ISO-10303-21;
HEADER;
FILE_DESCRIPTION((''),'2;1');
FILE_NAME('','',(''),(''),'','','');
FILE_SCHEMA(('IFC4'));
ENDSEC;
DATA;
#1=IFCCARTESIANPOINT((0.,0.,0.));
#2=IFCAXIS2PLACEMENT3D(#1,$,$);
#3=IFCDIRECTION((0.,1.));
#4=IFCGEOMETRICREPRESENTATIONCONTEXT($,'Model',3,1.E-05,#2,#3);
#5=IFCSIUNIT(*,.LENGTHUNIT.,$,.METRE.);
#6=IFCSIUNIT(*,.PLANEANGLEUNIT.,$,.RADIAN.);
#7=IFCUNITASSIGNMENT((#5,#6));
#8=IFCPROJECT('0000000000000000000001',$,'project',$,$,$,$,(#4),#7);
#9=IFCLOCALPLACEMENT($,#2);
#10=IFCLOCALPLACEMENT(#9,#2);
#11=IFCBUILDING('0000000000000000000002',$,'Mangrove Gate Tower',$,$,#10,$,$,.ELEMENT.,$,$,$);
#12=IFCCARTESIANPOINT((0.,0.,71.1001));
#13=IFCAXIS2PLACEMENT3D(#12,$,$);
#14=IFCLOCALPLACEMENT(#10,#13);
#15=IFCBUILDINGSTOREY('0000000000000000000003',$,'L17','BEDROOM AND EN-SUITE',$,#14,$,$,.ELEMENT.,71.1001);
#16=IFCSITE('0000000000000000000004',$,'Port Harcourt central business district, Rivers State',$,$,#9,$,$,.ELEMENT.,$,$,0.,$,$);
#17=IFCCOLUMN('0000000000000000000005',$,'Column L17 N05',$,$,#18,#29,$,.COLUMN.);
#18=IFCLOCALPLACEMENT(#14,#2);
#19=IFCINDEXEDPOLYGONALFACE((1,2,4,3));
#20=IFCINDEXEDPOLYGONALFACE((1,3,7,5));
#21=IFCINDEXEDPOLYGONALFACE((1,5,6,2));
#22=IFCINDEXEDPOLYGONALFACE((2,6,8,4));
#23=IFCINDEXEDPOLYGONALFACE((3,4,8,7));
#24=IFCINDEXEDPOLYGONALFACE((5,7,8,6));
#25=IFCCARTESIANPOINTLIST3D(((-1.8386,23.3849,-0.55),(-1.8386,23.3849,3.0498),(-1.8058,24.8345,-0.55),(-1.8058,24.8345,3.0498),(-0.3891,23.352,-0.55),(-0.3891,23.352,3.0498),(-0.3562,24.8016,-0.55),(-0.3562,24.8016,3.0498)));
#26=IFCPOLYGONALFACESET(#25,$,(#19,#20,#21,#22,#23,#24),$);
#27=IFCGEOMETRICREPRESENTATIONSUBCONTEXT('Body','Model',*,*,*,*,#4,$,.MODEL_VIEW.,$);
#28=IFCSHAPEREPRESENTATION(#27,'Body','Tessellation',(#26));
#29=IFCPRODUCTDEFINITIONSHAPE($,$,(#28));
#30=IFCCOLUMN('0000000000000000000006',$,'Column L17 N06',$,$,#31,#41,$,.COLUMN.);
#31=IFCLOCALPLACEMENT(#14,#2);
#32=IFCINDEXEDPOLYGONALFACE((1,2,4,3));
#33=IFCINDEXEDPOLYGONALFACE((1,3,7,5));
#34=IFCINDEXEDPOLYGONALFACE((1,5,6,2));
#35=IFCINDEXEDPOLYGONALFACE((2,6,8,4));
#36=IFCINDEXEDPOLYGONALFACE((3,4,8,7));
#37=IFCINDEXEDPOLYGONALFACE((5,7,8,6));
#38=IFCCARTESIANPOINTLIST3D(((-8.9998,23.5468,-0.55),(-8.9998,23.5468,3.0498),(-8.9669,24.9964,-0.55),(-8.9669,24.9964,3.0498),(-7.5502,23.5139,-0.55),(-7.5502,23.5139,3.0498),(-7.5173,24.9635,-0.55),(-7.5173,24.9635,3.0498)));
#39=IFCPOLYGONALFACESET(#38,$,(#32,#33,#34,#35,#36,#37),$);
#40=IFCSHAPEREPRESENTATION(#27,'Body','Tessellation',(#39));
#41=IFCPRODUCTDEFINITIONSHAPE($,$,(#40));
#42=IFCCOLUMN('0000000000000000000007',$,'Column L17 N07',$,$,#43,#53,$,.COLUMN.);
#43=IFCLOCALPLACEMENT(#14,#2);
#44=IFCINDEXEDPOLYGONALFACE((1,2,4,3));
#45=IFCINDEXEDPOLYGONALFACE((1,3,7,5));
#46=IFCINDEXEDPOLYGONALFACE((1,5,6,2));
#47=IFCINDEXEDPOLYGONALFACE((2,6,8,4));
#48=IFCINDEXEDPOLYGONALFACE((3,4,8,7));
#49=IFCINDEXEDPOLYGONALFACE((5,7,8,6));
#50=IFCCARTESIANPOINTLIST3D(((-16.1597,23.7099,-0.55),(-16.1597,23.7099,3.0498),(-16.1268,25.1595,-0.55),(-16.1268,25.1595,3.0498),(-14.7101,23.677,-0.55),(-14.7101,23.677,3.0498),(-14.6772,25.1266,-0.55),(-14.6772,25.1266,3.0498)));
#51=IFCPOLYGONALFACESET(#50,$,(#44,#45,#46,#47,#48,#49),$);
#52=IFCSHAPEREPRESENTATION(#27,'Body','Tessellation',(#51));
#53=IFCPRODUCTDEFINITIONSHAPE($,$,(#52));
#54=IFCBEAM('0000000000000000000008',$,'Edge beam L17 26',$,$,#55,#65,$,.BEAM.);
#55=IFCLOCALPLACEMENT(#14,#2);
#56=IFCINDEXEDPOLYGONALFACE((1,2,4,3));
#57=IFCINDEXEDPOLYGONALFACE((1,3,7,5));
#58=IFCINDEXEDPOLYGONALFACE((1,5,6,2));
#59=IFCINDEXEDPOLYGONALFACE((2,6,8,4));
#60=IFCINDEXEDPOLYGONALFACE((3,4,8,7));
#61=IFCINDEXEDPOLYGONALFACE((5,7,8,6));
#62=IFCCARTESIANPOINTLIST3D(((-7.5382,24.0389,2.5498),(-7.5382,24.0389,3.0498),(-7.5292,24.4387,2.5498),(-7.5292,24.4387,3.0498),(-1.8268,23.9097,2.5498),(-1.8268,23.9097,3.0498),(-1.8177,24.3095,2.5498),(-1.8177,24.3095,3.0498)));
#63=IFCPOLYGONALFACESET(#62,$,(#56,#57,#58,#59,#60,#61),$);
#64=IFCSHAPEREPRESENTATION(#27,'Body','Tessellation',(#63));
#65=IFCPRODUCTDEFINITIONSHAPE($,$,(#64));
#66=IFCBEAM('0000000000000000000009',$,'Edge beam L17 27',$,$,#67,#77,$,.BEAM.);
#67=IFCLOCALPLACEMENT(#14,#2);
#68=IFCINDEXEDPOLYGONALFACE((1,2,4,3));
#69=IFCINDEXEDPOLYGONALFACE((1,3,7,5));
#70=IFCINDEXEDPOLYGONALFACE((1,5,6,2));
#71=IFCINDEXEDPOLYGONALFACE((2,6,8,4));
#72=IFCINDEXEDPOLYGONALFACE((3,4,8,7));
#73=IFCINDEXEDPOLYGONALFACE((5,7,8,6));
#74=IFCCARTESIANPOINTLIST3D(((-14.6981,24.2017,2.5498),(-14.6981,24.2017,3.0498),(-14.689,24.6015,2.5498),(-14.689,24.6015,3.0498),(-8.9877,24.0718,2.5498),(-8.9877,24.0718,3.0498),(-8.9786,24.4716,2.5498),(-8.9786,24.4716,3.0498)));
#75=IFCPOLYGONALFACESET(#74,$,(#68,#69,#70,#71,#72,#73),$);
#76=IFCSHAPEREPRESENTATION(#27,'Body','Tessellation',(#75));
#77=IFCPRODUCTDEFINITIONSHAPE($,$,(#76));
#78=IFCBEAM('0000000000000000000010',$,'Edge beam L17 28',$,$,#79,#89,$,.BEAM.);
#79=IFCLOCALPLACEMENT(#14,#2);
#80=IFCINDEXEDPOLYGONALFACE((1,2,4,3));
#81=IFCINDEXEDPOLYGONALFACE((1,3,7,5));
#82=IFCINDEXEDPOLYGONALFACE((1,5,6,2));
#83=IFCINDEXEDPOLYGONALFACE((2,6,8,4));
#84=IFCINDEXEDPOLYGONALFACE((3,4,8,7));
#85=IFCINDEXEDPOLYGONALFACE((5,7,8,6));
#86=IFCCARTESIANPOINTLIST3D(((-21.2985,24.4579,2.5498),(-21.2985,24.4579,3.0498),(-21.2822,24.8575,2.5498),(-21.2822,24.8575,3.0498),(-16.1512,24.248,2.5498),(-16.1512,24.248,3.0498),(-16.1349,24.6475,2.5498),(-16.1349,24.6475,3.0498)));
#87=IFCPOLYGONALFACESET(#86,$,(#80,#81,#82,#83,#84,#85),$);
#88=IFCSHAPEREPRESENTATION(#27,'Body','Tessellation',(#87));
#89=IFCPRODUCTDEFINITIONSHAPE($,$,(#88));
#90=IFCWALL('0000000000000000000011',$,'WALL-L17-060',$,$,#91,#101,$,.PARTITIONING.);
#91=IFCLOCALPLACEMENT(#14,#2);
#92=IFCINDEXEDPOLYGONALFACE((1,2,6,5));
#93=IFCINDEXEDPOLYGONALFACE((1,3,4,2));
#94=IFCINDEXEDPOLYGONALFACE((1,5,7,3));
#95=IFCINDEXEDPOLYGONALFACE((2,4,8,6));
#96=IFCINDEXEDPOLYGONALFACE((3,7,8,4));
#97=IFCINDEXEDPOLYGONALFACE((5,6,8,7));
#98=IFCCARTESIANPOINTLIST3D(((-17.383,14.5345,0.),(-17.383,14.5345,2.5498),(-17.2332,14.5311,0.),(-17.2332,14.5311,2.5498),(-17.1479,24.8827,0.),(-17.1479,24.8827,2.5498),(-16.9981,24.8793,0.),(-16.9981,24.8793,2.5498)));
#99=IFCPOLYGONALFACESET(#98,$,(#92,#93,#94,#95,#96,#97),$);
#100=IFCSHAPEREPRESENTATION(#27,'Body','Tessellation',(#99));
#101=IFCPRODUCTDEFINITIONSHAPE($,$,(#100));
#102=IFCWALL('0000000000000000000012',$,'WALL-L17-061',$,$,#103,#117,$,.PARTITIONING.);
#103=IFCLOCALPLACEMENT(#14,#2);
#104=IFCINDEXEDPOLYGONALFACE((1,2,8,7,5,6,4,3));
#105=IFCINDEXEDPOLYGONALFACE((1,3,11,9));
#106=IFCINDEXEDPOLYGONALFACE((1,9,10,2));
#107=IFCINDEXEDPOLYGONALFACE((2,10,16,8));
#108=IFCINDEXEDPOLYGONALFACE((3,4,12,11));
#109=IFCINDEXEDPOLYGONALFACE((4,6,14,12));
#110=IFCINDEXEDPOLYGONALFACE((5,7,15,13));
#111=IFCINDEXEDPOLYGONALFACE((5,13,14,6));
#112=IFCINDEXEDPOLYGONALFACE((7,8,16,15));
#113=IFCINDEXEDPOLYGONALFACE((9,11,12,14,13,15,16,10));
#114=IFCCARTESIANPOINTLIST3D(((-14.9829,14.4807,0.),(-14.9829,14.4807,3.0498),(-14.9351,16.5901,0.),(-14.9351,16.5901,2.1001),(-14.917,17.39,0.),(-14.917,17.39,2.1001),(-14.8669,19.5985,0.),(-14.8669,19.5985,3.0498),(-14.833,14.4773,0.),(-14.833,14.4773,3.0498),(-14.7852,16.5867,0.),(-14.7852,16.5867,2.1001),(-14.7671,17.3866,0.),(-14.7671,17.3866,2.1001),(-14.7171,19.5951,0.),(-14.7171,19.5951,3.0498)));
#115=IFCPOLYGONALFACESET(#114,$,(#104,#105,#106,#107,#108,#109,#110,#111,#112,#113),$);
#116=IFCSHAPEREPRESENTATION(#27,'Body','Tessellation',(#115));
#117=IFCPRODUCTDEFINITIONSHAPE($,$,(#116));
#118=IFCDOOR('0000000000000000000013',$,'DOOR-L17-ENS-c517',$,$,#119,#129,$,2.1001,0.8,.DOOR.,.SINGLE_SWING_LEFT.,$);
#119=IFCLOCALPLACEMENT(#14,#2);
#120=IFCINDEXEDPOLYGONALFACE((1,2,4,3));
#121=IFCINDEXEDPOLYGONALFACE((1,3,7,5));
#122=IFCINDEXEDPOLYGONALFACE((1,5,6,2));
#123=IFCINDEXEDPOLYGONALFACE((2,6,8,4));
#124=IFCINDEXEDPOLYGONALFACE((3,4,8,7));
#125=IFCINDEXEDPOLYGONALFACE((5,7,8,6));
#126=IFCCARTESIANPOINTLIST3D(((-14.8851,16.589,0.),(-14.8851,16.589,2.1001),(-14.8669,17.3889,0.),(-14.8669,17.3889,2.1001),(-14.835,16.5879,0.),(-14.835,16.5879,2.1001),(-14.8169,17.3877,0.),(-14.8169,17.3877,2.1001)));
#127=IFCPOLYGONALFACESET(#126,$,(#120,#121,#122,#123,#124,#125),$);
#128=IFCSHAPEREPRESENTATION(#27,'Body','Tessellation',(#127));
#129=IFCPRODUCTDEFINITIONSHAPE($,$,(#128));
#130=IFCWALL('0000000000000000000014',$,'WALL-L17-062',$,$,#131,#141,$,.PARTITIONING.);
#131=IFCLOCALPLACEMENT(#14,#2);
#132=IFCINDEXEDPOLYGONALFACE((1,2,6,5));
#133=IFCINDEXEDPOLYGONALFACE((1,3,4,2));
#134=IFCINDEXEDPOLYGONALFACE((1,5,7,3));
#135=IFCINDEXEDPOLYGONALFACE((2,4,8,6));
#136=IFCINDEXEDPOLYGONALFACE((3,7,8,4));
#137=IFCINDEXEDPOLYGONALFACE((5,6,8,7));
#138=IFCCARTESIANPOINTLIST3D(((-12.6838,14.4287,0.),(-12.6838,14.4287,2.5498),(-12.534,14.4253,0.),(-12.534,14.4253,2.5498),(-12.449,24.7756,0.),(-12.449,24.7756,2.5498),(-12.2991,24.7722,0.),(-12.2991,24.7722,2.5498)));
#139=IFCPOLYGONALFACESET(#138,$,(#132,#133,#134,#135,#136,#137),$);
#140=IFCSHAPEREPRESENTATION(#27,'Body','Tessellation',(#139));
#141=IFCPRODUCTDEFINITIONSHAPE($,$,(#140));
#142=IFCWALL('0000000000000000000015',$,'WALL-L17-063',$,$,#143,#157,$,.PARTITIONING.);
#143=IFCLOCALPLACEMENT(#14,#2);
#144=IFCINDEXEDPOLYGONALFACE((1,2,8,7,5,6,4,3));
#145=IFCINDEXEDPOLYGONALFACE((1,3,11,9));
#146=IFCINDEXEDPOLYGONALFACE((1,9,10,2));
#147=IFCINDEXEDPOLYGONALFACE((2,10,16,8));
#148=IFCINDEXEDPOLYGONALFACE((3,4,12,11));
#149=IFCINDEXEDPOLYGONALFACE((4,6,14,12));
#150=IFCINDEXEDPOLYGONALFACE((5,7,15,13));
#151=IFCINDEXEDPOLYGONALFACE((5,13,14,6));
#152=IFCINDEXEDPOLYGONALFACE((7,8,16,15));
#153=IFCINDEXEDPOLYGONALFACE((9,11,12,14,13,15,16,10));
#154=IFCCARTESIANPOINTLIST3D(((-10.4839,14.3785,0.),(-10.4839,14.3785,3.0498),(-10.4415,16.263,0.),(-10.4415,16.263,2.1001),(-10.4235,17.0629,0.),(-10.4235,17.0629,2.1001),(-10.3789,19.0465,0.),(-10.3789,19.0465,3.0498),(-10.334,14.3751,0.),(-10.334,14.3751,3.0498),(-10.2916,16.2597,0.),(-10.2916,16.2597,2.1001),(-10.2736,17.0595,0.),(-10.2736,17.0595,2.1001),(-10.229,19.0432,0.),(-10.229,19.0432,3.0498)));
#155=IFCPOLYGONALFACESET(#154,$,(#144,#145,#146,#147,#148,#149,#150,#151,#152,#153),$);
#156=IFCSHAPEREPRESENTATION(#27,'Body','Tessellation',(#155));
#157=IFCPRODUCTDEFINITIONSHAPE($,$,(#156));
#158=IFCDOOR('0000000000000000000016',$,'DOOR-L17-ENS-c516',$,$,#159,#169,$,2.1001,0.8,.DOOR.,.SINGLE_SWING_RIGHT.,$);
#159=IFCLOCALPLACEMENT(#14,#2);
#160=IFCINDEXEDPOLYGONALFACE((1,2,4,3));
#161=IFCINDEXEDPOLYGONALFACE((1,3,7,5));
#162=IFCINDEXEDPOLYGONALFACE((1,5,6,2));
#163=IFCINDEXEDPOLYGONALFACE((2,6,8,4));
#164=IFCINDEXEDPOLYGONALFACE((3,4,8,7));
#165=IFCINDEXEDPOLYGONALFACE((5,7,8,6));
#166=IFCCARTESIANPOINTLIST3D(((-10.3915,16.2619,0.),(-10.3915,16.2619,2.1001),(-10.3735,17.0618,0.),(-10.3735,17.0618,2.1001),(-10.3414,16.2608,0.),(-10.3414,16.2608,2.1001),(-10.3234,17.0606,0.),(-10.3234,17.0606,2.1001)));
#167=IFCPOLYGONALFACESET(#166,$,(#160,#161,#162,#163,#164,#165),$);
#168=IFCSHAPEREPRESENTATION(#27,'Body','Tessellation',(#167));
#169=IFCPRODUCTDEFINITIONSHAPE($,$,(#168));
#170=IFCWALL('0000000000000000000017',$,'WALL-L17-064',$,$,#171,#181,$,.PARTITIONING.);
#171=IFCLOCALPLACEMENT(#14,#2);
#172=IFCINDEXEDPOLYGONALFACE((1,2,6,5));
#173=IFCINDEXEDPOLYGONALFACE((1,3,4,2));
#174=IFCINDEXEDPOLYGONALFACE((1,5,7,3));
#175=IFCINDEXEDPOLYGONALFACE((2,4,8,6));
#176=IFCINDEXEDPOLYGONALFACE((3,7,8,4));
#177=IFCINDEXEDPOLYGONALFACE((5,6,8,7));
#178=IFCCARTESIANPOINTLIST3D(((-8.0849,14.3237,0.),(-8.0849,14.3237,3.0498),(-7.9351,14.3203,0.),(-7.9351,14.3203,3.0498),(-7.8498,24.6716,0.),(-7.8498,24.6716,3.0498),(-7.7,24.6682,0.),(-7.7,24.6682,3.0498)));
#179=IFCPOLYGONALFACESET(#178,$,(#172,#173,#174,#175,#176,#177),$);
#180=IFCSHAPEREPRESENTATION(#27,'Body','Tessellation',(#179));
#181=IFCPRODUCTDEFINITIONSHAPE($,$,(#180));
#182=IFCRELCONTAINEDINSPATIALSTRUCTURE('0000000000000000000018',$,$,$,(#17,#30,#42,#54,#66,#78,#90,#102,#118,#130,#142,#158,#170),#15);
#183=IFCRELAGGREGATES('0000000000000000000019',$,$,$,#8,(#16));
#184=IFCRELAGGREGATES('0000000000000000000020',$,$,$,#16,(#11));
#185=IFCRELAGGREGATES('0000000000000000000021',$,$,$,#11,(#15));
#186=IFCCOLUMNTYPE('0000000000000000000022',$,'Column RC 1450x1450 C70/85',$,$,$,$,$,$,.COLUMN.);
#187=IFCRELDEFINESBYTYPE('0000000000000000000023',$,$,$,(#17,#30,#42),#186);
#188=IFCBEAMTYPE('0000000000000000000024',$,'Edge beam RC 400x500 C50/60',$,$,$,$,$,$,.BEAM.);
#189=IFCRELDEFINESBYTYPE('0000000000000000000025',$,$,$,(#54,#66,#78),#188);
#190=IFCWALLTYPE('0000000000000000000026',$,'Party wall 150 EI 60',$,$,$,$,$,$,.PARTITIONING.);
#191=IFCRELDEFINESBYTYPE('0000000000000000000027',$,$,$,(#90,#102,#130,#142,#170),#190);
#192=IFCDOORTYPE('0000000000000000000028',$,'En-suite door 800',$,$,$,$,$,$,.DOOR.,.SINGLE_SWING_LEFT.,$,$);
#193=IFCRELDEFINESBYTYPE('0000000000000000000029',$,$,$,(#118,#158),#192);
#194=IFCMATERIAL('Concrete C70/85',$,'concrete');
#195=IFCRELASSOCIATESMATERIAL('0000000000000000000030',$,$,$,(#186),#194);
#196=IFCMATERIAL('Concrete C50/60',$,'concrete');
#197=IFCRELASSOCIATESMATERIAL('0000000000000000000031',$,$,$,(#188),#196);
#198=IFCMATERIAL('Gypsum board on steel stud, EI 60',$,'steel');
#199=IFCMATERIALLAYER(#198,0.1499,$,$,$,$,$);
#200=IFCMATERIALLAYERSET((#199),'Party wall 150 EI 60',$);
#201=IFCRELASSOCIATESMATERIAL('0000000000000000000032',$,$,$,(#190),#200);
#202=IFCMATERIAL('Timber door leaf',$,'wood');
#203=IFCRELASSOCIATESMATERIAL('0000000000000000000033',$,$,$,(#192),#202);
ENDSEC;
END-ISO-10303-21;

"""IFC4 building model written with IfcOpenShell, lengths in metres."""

from ifc_helpers import new_model, si_unit, direction, frame, frame_2d, origin, origin_2d, place, context, subcontext, project, spatial, rectangle, extrude, material, layer, layer_set, material_profile, profile_set, type_object, element, fill, save


model = new_model("IFC4")

# Units and contexts
model_context = context("Model", 3, precision=1e-05, world=origin(), true_north=direction((0.0, 1.0)))
body_context = subcontext(model_context, "Body", "Model", "MODEL_VIEW")
ifc_project = project(units=[si_unit("LENGTHUNIT", "METRE"), si_unit("PLANEANGLEUNIT", "RADIAN")], contexts=[model_context])

# Site, building, storey
site_placement = place(None, origin())
site = spatial("IfcSite", under=ifc_project, at=site_placement, Name="Port Harcourt central business district, Rivers State", CompositionType="ELEMENT", RefElevation=0.0)
building_placement = place(site_placement, origin())
building = spatial("IfcBuilding", under=site, at=building_placement, Name="Mangrove Gate Tower", CompositionType="ELEMENT")
storey_placement = place(building_placement, frame((0.0, 0.0, 71.1001)))
storey = spatial("IfcBuildingStorey", under=building, at=storey_placement, Name="L17", Description="BEDROOM AND EN-SUITE", CompositionType="ELEMENT", Elevation=71.1001)

# Columns
ifc_material_1 = material(Name="Concrete C70/85", Category="concrete")
ifc_material_profile_1 = material_profile(ifc_material_1, rectangle(XDim=1.45, YDim=1.45, at=origin_2d()))
ifc_profile_set_1 = profile_set([ifc_material_profile_1], Name="Concrete C70/85")
column_type = type_object("IfcColumnType", Name="Column RC 1450x1450 C70/85", PredefinedType="COLUMN", material=ifc_profile_set_1)
for number, where, z_axis, x_axis, name in (
    (1, (-1.0974, 24.0933, -0.55), (0.0, 0.0, 1.0), (-0.999743, 0.022688, 0.0), "Column L17 N05"),
    (2, (-8.2585, 24.2551, -0.55), (0.0, 0.0, 1.0), (-0.999743, 0.022688, 0.0), "Column L17 N06"),
    (3, (-15.4185, 24.4182, -0.55), (0.0, 0.0, 1.0), (-0.999743, 0.022688, 0.0), "Column L17 N07"),
):
    element("IfcColumn", number, at=place(storey_placement, frame(where, z_axis=z_axis, x_axis=x_axis)), inside=storey, type_object=column_type, Name=name, PredefinedType="COLUMN", context=body_context, shape_type="SweptSolid", body=[
        extrude(rectangle(XDim=1.45, YDim=1.45, at=origin_2d()), origin(), (0.0, 0.0, 1.0), 3.5999),
    ])

# Beams
ifc_material_2 = material(Name="Concrete C50/60", Category="concrete")
ifc_material_profile_2 = material_profile(ifc_material_2, rectangle(XDim=0.3999, YDim=0.5, at=origin_2d()))
ifc_profile_set_2 = profile_set([ifc_material_profile_2], Name="Concrete C50/60")
beam_type = type_object("IfcBeamType", Name="Edge beam RC 400x500 C50/60", PredefinedType="BEAM", material=ifc_profile_set_2)
beam_1_placement = place(storey_placement, frame((-1.8223, 24.1096, 2.7998), z_axis=(-0.999744, 0.022607, 0.0), x_axis=(-0.022607, -0.999744, 0.0)))
element("IfcBeam", 4, at=beam_1_placement, inside=storey, type_object=beam_type, Name="Edge beam L17 26", PredefinedType="BEAM", context=body_context, shape_type="SweptSolid", body=[
    extrude(rectangle(XDim=0.3999, YDim=0.5, at=origin_2d()), origin(), (0.0, 0.0, 1.0), 5.7129),
])
beam_2_placement = place(storey_placement, frame((-8.9832, 24.2717, 2.7998), z_axis=(-0.999741, 0.022739, 0.0), x_axis=(-0.022739, -0.999741, 0.0)))
element("IfcBeam", 5, at=beam_2_placement, inside=storey, type_object=beam_type, Name="Edge beam L17 27", PredefinedType="BEAM", context=body_context, shape_type="SweptSolid", body=[
    extrude(rectangle(XDim=0.3999, YDim=0.5, at=origin_2d()), origin(), (0.0, 0.0, 1.0), 5.7119),
])
beam_3_placement = place(storey_placement, frame((-16.1431, 24.4478, 2.7998), z_axis=(-0.999169, 0.040757, 0.0), x_axis=(-0.040757, -0.999169, 0.0)))
element("IfcBeam", 6, at=beam_3_placement, inside=storey, type_object=beam_type, Name="Edge beam L17 28", PredefinedType="BEAM", context=body_context, shape_type="SweptSolid", body=[
    extrude(rectangle(XDim=0.3999, YDim=0.5, at=origin_2d()), origin(), (0.0, 0.0, 1.0), 5.1516),
])

# Wall
ifc_material_3 = material(Name="Gypsum board on steel stud, EI 60", Category="steel")
ifc_layer = layer(ifc_material_3, 0.1499)
ifc_layer_set = layer_set([ifc_layer], Name="Party wall 150 EI 60")
wall_type = type_object("IfcWallType", Name="Party wall 150 EI 60", PredefinedType="PARTITIONING", material=ifc_layer_set)
wall_1_placement = place(storey_placement, frame((-17.3081, 14.533, 0.0), z_axis=(0.0, 0.0, 1.0), x_axis=(0.022714, 0.999742, 0.0)))
element("IfcWall", 7, at=wall_1_placement, inside=storey, type_object=wall_type, Name="WALL-L17-060", PredefinedType="PARTITIONING", context=body_context, shape_type="SweptSolid", body=[
    extrude(rectangle(XDim=10.3508, YDim=0.1499, at=frame_2d((5.1753, 0.0))), origin(), (0.0, 0.0, 1.0), 2.5498),
])

# Wall, opening, door
wall_2_placement = place(storey_placement, frame((-14.908, 14.479, 0.0), z_axis=(0.0, 0.0, 1.0), x_axis=(0.022653, 0.999743, 0.0)))
wall_2 = element("IfcWall", 8, at=wall_2_placement, inside=storey, type_object=wall_type, Name="WALL-L17-061", PredefinedType="PARTITIONING", context=body_context, shape_type="SweptSolid", body=[
    extrude(rectangle(XDim=5.1191, YDim=0.1499, at=frame_2d((2.5596, 0.0))), origin(), (0.0, 0.0, 1.0), 3.0498),
])
opening_1_placement = place(wall_2_placement, frame((2.1101, 0.0, 0.0)))
opening_1 = element("IfcOpeningElement", 9, at=opening_1_placement, cuts=wall_2, PredefinedType="OPENING", context=body_context, shape_type="SweptSolid", body=[
    extrude(rectangle(XDim=0.8, YDim=2.1001, at=frame_2d((0.3999, 1.05))), frame((0.0, 0.085, 0.0), z_axis=(0.0, -1.0, 0.0), x_axis=(1.0, 0.0, 0.0)), (0.0, 0.0, 1.0), 0.1699),
])
ifc_material_4 = material(Name="Timber door leaf", Category="wood")
door_type = type_object("IfcDoorType", Name="En-suite door 800", OperationType="SINGLE_SWING_LEFT", PredefinedType="DOOR", material=ifc_material_4)
door_1_placement = place(opening_1_placement, origin())
door_1 = element("IfcDoor", 10, at=door_1_placement, inside=storey, type_object=door_type, Name="DOOR-L17-ENS-c517", OperationType="SINGLE_SWING_LEFT", OverallHeight=2.1001, OverallWidth=0.8, PredefinedType="DOOR", context=body_context, shape_type="SweptSolid", body=[
    extrude(rectangle(XDim=0.8, YDim=2.1001, at=frame_2d((0.3999, 1.05))), frame((0.0, 0.0249, 0.0), z_axis=(0.0, -1.0, 0.0), x_axis=(1.0, 0.0, 0.0)), (0.0, 0.0, 1.0), 0.05),
])
fill(opening_1, door_1)

# Wall
wall_3_placement = place(storey_placement, frame((-12.6089, 14.427, 0.0), z_axis=(0.0, 0.0, 1.0), x_axis=(0.022693, 0.999742, 0.0)))
element("IfcWall", 11, at=wall_3_placement, inside=storey, type_object=wall_type, Name="WALL-L17-062", PredefinedType="PARTITIONING", context=body_context, shape_type="SweptSolid", body=[
    extrude(rectangle(XDim=10.3496, YDim=0.1499, at=frame_2d((5.1748, 0.0))), origin(), (0.0, 0.0, 1.0), 2.5498),
])

# Wall, opening, door
wall_4_placement = place(storey_placement, frame((-10.4089, 14.377, 0.0), z_axis=(0.0, 0.0, 1.0), x_axis=(0.022484, 0.999747, 0.0)))
wall_4 = element("IfcWall", 12, at=wall_4_placement, inside=storey, type_object=wall_type, Name="WALL-L17-063", PredefinedType="PARTITIONING", context=body_context, shape_type="SweptSolid", body=[
    extrude(rectangle(XDim=4.6692, YDim=0.1499, at=frame_2d((2.3345, 0.0))), origin(), (0.0, 0.0, 1.0), 3.0498),
])
opening_2_placement = place(wall_4_placement, frame((1.885, 0.0, 0.0)))
opening_2 = element("IfcOpeningElement", 13, at=opening_2_placement, cuts=wall_4, PredefinedType="OPENING", context=body_context, shape_type="SweptSolid", body=[
    extrude(rectangle(XDim=0.8, YDim=2.1001, at=frame_2d((0.3999, 1.05))), frame((0.0, 0.085, 0.0), z_axis=(0.0, -1.0, 0.0), x_axis=(1.0, 0.0, 0.0)), (0.0, 0.0, 1.0), 0.1699),
])
door_2_placement = place(opening_2_placement, origin())
door_2 = element("IfcDoor", 14, at=door_2_placement, inside=storey, type_object=door_type, Name="DOOR-L17-ENS-c516", OperationType="SINGLE_SWING_RIGHT", OverallHeight=2.1001, OverallWidth=0.8, PredefinedType="DOOR", context=body_context, shape_type="SweptSolid", body=[
    extrude(rectangle(XDim=0.8, YDim=2.1001, at=frame_2d((0.3999, 1.05))), frame((0.0, 0.0249, 0.0), z_axis=(0.0, -1.0, 0.0), x_axis=(1.0, 0.0, 0.0)), (0.0, 0.0, 1.0), 0.05),
])
fill(opening_2, door_2)

# Wall
wall_5_placement = place(storey_placement, frame((-8.01, 14.322, 0.0), z_axis=(0.0, 0.0, 1.0), x_axis=(0.022714, 0.999742, 0.0)))
element("IfcWall", 15, at=wall_5_placement, inside=storey, type_object=wall_type, Name="WALL-L17-064", PredefinedType="PARTITIONING", context=body_context, shape_type="SweptSolid", body=[
    extrude(rectangle(XDim=10.3506, YDim=0.1499, at=frame_2d((5.1753, 0.0))), origin(), (0.0, 0.0, 1.0), 3.0498),
])

save(model, "model.ifc")
